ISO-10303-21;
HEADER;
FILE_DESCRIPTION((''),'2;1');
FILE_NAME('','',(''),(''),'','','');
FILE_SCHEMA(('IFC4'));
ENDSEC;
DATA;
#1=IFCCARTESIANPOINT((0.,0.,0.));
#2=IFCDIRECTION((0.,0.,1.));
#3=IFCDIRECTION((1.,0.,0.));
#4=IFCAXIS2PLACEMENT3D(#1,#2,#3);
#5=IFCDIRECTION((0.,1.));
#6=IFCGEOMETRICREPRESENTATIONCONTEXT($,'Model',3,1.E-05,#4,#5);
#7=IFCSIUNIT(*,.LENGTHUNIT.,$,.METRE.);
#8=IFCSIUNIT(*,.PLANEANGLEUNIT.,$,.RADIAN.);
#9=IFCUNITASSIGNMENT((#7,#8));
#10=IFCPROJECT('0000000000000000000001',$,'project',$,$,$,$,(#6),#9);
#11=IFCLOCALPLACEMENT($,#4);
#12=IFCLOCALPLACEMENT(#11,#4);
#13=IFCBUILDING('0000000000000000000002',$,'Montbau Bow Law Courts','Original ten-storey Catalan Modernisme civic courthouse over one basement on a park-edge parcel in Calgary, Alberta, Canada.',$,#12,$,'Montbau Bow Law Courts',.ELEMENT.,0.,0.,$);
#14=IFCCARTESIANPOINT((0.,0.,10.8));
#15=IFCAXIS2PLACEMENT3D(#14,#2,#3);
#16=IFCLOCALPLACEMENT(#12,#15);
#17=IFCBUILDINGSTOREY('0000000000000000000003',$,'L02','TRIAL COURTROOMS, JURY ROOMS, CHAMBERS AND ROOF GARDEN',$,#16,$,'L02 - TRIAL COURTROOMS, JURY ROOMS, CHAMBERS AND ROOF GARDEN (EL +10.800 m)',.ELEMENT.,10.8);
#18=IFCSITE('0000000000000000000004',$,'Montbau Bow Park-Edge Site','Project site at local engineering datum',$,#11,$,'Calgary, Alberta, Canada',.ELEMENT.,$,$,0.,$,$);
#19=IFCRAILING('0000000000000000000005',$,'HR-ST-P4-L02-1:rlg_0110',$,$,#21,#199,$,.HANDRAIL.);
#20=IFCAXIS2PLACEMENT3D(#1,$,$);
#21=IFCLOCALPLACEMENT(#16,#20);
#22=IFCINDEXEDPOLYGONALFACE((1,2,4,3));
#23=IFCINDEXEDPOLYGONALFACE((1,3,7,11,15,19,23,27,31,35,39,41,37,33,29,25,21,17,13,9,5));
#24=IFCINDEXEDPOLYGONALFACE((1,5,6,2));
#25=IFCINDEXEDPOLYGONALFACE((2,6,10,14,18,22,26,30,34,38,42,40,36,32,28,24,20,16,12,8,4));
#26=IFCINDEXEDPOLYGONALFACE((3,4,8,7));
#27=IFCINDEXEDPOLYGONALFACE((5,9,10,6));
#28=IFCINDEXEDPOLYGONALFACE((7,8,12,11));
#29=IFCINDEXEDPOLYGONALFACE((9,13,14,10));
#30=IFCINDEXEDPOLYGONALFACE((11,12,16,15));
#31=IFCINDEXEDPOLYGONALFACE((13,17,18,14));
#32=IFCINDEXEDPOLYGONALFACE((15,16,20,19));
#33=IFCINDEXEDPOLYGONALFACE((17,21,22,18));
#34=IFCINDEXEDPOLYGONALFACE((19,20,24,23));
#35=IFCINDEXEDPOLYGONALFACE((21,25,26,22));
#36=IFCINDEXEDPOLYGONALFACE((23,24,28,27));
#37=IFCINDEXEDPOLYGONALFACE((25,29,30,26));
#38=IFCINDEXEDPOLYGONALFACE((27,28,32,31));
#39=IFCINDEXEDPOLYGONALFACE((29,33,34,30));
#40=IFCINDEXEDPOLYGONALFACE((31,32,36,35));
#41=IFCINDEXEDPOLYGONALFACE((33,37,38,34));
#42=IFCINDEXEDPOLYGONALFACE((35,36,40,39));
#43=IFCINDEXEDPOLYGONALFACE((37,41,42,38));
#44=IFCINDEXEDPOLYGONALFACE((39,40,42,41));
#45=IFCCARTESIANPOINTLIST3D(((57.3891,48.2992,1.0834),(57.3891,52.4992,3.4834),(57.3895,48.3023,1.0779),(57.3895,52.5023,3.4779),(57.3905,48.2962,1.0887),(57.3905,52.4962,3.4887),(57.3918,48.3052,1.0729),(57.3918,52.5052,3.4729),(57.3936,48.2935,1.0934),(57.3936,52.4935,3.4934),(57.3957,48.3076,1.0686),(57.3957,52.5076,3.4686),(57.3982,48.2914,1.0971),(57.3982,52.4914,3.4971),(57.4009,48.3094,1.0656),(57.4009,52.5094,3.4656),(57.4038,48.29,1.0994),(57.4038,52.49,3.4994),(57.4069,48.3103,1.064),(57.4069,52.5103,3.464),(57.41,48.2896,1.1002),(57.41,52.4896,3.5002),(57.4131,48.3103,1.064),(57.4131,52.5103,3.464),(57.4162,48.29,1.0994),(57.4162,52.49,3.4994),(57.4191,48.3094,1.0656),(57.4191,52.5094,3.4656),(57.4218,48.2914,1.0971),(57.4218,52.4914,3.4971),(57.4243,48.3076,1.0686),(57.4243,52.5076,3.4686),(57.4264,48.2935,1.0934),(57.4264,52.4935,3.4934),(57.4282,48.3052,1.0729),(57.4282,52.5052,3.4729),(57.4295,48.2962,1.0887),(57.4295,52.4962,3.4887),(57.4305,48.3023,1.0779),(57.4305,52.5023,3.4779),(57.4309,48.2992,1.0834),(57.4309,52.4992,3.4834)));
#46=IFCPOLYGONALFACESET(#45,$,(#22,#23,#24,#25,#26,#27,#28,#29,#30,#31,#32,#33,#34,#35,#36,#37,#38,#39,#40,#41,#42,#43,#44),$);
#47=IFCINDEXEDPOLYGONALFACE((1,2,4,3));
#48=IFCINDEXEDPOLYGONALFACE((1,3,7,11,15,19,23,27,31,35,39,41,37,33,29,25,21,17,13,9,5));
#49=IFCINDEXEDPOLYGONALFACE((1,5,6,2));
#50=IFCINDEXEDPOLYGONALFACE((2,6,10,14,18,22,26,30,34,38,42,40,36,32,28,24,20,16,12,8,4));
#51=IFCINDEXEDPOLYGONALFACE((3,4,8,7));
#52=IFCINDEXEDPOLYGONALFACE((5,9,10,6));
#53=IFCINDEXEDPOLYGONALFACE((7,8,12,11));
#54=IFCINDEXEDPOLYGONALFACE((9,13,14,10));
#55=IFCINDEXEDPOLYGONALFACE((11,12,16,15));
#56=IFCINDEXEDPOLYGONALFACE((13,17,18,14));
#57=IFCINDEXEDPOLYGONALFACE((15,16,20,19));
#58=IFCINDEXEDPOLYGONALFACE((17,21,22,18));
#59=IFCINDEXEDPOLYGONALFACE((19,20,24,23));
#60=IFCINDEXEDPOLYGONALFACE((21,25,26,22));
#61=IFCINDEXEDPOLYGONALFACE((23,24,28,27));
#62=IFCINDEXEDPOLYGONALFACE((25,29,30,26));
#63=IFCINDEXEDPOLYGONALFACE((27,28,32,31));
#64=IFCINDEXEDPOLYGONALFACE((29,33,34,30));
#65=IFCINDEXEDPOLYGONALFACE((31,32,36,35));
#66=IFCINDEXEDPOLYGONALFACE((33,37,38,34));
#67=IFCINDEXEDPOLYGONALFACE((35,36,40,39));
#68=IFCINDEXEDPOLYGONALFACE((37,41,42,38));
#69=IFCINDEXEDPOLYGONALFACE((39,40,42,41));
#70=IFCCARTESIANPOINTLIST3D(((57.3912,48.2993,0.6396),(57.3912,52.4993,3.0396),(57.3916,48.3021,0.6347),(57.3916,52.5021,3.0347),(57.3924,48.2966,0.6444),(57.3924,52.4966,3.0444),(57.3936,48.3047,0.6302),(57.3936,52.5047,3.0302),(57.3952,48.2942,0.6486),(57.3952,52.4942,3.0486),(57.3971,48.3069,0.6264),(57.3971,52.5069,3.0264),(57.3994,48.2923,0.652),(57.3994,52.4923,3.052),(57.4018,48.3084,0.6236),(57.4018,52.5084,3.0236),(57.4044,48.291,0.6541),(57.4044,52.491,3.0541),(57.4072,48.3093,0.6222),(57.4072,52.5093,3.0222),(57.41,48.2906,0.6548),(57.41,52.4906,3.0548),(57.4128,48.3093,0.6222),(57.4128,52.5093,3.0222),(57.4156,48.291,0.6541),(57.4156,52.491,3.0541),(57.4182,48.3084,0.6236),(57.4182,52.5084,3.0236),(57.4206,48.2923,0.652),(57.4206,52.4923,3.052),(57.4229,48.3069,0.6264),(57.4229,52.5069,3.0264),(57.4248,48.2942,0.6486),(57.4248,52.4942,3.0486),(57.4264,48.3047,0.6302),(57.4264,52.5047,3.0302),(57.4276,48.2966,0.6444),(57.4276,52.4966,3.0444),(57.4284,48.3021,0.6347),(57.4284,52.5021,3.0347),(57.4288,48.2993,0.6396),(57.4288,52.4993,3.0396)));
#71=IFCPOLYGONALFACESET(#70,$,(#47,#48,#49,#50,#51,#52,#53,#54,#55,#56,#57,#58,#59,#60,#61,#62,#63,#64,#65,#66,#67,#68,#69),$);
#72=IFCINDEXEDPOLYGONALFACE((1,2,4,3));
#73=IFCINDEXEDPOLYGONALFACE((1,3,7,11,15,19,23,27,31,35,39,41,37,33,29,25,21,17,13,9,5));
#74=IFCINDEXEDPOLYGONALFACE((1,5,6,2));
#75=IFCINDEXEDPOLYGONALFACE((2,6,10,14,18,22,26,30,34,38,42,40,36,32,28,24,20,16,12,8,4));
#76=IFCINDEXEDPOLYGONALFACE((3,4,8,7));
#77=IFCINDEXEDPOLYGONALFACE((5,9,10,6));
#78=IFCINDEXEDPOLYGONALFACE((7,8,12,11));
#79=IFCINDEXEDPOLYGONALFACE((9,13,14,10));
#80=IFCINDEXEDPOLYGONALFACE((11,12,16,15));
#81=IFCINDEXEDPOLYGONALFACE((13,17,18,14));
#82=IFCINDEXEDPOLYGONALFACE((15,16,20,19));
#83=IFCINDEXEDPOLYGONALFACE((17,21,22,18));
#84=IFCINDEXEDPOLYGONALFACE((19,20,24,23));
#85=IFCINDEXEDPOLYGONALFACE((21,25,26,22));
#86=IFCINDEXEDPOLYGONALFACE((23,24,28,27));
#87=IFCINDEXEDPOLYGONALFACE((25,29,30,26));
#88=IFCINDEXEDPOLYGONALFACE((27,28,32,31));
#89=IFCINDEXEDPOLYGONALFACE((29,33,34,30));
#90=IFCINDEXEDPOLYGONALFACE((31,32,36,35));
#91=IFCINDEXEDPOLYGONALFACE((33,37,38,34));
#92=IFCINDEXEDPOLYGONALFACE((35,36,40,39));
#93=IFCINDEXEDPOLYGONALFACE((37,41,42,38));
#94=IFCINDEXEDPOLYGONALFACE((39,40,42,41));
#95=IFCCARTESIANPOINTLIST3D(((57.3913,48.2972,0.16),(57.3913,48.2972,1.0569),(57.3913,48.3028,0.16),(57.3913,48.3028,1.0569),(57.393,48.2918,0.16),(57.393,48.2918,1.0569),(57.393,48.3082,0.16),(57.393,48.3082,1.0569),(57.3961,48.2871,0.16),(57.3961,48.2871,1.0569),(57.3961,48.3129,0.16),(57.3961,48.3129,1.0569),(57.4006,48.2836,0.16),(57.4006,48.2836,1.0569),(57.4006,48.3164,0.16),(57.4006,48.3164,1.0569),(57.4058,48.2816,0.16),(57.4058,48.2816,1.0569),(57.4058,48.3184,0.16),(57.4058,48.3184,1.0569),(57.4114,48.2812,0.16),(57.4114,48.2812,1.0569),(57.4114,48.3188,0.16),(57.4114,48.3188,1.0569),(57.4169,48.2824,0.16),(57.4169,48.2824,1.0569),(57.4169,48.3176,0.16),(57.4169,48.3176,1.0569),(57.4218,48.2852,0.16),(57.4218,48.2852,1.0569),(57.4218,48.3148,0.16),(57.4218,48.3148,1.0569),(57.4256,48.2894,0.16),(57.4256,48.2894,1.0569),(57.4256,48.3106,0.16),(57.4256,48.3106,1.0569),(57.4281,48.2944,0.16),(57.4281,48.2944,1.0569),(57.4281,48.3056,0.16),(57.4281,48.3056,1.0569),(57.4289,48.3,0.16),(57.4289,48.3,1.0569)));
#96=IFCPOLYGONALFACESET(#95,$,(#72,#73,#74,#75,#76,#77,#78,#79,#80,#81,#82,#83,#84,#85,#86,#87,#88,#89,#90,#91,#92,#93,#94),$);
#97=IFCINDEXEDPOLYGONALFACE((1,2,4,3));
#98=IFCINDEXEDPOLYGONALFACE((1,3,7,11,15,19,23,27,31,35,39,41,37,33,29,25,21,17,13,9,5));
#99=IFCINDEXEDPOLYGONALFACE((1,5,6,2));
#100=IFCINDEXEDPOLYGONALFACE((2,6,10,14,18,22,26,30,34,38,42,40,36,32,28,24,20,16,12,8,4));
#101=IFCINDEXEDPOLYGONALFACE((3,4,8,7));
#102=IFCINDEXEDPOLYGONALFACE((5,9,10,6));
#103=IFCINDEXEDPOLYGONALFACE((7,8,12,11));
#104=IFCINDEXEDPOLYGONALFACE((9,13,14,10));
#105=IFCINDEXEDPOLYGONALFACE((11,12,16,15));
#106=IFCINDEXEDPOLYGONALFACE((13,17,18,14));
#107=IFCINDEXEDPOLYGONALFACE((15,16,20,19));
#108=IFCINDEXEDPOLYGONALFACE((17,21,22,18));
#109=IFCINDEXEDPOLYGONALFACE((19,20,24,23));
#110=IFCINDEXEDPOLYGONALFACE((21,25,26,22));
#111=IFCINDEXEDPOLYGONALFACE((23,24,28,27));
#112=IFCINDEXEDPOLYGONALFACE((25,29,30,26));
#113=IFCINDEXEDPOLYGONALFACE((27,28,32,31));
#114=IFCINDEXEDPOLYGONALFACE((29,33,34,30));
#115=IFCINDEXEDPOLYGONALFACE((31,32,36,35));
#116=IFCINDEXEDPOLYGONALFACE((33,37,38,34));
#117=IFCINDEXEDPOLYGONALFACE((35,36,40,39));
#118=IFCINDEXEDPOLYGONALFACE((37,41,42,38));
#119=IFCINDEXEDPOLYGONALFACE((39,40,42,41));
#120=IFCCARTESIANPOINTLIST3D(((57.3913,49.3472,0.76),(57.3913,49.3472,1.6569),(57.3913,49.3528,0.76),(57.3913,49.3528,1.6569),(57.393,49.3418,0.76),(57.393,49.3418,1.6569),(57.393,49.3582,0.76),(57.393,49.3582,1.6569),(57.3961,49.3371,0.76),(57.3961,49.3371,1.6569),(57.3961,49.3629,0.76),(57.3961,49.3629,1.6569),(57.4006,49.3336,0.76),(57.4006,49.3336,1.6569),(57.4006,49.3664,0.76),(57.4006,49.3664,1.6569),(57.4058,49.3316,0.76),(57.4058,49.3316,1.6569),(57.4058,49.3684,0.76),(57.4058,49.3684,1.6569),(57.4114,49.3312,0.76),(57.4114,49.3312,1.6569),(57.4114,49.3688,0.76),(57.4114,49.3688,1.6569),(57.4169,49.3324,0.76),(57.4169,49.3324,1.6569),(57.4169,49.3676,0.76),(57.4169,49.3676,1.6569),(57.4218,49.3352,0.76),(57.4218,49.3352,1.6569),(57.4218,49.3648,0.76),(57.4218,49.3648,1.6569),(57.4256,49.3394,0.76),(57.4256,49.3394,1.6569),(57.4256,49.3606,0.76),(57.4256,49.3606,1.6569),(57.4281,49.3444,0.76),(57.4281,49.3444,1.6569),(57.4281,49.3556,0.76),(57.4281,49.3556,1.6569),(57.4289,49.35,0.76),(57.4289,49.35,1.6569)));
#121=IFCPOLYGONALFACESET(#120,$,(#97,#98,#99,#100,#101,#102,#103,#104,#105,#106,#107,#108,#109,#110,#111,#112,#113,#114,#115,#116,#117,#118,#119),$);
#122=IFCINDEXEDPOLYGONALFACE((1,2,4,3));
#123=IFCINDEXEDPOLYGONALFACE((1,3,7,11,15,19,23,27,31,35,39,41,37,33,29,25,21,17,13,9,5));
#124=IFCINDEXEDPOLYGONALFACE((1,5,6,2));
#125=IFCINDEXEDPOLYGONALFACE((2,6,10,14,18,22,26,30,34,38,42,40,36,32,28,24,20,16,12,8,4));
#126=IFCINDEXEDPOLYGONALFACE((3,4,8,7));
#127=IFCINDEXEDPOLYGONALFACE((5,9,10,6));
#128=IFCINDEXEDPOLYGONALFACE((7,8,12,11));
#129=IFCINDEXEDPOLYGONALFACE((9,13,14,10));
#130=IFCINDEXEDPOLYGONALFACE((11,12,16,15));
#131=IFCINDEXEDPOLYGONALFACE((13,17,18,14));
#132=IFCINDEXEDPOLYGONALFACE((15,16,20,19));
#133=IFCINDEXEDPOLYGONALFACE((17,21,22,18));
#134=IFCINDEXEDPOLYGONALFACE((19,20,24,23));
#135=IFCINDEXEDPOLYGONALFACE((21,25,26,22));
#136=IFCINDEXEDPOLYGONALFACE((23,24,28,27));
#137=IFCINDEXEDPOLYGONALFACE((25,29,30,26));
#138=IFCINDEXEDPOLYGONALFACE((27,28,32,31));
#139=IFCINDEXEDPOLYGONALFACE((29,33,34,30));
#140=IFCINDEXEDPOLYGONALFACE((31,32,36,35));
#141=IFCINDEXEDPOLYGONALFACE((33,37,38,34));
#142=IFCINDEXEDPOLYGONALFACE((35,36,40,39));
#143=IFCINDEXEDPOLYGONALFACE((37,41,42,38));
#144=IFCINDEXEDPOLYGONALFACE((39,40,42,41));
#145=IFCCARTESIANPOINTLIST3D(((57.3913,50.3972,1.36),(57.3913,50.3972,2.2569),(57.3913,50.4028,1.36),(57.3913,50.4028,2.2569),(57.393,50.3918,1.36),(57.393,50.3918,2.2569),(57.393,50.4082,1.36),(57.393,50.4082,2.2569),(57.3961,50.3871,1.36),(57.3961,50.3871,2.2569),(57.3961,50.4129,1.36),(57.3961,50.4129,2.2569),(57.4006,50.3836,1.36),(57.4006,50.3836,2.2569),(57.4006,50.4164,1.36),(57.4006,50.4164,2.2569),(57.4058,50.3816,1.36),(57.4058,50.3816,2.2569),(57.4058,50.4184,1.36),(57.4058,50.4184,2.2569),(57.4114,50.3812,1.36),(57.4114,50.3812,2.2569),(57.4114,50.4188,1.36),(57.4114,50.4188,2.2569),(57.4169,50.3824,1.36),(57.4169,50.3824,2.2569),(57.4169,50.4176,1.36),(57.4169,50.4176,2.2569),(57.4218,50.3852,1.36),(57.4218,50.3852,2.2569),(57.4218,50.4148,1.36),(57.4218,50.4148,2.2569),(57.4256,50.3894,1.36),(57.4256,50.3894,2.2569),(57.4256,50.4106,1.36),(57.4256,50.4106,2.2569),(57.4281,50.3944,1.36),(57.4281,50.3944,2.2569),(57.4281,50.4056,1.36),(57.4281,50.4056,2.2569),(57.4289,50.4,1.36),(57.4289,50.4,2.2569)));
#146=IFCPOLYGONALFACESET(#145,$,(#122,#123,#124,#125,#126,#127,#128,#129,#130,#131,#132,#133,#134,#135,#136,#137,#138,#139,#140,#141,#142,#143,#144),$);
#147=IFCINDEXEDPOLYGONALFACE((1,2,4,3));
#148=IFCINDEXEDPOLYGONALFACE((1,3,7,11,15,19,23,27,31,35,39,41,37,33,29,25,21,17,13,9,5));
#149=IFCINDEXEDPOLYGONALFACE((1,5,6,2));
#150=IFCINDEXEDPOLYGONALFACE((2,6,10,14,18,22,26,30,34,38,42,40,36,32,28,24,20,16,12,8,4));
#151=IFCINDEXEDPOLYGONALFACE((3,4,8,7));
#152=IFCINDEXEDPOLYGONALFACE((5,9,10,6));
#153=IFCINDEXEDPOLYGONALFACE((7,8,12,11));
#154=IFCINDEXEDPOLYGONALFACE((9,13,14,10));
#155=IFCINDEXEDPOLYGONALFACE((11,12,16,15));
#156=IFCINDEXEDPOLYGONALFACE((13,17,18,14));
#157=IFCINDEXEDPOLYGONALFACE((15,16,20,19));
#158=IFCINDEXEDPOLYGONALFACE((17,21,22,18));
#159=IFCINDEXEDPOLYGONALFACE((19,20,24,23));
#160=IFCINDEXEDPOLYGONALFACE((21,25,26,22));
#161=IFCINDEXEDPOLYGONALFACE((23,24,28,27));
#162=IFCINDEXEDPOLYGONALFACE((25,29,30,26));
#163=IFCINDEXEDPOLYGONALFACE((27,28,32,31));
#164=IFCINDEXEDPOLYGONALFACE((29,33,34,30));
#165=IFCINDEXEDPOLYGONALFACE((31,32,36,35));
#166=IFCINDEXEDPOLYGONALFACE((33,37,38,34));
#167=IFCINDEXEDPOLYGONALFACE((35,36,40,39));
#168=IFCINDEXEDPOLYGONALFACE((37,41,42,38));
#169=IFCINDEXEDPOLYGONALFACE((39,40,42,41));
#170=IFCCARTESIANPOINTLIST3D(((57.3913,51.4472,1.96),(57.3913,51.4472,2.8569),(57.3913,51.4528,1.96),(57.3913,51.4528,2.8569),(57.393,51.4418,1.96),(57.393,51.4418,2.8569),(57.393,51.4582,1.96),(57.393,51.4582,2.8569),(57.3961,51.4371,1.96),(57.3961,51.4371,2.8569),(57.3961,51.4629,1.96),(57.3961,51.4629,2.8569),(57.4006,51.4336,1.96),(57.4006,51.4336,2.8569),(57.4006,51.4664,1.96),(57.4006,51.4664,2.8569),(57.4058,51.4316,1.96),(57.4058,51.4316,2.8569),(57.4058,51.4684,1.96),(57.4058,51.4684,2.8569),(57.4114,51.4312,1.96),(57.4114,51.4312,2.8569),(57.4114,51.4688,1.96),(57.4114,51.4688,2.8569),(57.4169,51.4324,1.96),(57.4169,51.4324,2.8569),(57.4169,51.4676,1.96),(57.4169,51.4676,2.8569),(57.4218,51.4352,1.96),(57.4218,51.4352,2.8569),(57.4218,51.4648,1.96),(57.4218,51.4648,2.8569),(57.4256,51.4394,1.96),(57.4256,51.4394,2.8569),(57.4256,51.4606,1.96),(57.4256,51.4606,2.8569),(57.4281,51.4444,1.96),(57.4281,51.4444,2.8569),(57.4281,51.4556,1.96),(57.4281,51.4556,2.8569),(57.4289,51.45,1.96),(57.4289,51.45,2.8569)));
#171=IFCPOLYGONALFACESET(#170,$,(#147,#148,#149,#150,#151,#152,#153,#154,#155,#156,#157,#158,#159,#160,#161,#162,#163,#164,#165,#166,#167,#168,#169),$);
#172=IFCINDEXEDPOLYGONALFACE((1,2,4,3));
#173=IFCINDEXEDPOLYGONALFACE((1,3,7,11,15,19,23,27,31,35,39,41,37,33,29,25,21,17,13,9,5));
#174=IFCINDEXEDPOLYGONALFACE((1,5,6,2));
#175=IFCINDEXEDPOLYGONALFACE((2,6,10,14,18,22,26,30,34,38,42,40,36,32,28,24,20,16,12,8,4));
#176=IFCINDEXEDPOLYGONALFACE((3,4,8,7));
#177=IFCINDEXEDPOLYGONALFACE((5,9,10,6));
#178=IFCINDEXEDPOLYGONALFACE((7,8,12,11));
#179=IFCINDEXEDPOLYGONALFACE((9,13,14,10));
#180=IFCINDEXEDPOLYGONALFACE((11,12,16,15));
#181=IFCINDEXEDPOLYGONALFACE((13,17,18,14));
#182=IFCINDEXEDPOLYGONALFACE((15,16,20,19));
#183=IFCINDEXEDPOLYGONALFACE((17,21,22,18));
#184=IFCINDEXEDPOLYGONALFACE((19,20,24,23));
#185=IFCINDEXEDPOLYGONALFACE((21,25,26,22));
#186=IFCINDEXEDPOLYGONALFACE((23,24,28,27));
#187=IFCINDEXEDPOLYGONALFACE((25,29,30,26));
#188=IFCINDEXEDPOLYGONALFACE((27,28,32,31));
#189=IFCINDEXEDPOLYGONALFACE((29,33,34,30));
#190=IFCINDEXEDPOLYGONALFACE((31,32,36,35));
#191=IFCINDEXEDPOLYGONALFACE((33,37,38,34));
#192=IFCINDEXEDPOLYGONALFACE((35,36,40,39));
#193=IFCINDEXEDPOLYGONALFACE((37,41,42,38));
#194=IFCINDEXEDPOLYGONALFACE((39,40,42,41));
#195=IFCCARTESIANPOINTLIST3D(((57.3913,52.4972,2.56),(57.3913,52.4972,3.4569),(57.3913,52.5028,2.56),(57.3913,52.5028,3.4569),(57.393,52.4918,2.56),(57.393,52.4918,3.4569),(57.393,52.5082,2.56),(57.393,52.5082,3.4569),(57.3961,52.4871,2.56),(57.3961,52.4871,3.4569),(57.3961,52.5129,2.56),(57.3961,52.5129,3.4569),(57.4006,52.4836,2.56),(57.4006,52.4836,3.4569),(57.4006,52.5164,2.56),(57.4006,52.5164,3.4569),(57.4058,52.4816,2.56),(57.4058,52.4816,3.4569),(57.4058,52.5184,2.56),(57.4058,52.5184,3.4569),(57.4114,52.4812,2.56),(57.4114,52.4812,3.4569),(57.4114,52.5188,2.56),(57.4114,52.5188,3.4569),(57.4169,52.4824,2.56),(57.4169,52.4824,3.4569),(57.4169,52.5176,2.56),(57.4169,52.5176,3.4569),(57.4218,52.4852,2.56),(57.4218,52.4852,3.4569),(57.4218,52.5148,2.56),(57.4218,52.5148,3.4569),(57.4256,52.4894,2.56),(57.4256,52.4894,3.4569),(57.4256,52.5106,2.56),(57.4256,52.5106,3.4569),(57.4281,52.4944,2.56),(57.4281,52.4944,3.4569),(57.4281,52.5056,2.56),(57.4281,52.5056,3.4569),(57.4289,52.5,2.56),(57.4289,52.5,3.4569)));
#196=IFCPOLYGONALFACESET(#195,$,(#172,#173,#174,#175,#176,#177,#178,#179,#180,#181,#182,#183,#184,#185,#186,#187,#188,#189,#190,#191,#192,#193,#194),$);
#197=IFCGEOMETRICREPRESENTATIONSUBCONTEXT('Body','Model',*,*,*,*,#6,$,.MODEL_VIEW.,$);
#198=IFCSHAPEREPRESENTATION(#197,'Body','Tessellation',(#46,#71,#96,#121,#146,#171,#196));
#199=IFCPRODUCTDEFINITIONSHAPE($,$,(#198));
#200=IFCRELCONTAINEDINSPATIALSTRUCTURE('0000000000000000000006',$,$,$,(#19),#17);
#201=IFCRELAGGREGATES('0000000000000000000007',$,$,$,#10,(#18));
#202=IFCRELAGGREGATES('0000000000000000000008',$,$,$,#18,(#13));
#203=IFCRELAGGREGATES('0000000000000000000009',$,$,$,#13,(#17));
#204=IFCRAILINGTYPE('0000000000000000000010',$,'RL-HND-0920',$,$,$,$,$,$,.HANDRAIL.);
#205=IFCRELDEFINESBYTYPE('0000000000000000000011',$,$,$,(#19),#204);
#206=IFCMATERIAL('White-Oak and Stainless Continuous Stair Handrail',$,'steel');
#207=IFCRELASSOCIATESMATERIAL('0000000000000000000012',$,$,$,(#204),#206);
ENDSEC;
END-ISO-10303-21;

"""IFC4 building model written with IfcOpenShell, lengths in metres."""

from ifc_helpers import new_model, si_unit, direction, frame, origin_with_axes, origin_2d_with_axis, place, context, subcontext, project, spatial, circle, extrude, material, type_object, element, save


model = new_model("IFC4")

# Units and contexts
model_context = context("Model", 3, precision=1e-05, world=origin_with_axes(), true_north=direction((0.0, 1.0)))
body_context = subcontext(model_context, "Body", "Model", "MODEL_VIEW")
ifc_project = project(units=[si_unit("LENGTHUNIT", "METRE"), si_unit("PLANEANGLEUNIT", "RADIAN")], contexts=[model_context])

# Site, building, storey
site_placement = place(None, origin_with_axes())
site = spatial("IfcSite", under=ifc_project, at=site_placement, Name="Montbau Bow Park-Edge Site", Description="Project site at local engineering datum", LongName="Calgary, Alberta, Canada", CompositionType="ELEMENT", RefElevation=0.0)
building_placement = place(site_placement, origin_with_axes())
building = spatial("IfcBuilding", under=site, at=building_placement, Name="Montbau Bow Law Courts", Description="Original ten-storey Catalan Modernisme civic courthouse over one basement on a park-edge parcel in Calgary, Alberta, Canada.", LongName="Montbau Bow Law Courts", CompositionType="ELEMENT", ElevationOfRefHeight=0.0, ElevationOfTerrain=0.0)
storey_placement = place(building_placement, frame((0.0, 0.0, 10.8), z_axis=(0.0, 0.0, 1.0), x_axis=(1.0, 0.0, 0.0)))
storey = spatial("IfcBuildingStorey", under=building, at=storey_placement, Name="L02", Description="TRIAL COURTROOMS, JURY ROOMS, CHAMBERS AND ROOF GARDEN", LongName="L02 - TRIAL COURTROOMS, JURY ROOMS, CHAMBERS AND ROOF GARDEN (EL +10.800 m)", CompositionType="ELEMENT", Elevation=10.8)

# Railing
ifc_material_1 = material(Name="White-Oak and Stainless Continuous Stair Handrail", Category="steel")
railing_type_1 = type_object("IfcRailingType", Name="RL-HND-0920", PredefinedType="HANDRAIL", material=ifc_material_1)
railing_1_placement = place(None, origin_with_axes())
element("IfcRailing", 1, at=railing_1_placement, inside=storey, type_object=railing_type_1, Name="HR-ST-P4-L02-1:rlg_0110", PredefinedType="HANDRAIL", context=body_context, shape_type="SweptSolid", body=[
    extrude(circle(Radius=0.021, at=origin_2d_with_axis()), frame((57.41, 48.3, 11.882), z_axis=(0.0, 0.868243, 0.496139), x_axis=(0.0, -0.496139, 0.868243)), (0.0, 0.0, 1.0), 4.8374),
    extrude(circle(Radius=0.0189, at=origin_2d_with_axis()), frame((57.41, 48.3, 11.4384), z_axis=(0.0, 0.868243, 0.496139), x_axis=(0.0, -0.496139, 0.868243)), (0.0, 0.0, 1.0), 4.8374),
    extrude(circle(Radius=0.0189, at=origin_2d_with_axis()), frame((57.41, 48.3, 10.96), z_axis=(0.0, 0.0, 1.0), x_axis=(1.0, 0.0, 0.0)), (0.0, 0.0, 1.0), 0.8969),
    extrude(circle(Radius=0.0189, at=origin_2d_with_axis()), frame((57.41, 49.35, 11.56), z_axis=(0.0, 0.0, 1.0), x_axis=(1.0, 0.0, 0.0)), (0.0, 0.0, 1.0), 0.8969),
    extrude(circle(Radius=0.0189, at=origin_2d_with_axis()), frame((57.41, 50.4, 12.16), z_axis=(0.0, 0.0, 1.0), x_axis=(1.0, 0.0, 0.0)), (0.0, 0.0, 1.0), 0.8969),
    extrude(circle(Radius=0.0189, at=origin_2d_with_axis()), frame((57.41, 51.45, 12.76), z_axis=(0.0, 0.0, 1.0), x_axis=(1.0, 0.0, 0.0)), (0.0, 0.0, 1.0), 0.8969),
    extrude(circle(Radius=0.0189, at=origin_2d_with_axis()), frame((57.41, 52.5, 13.36), z_axis=(0.0, 0.0, 1.0), x_axis=(1.0, 0.0, 0.0)), (0.0, 0.0, 1.0), 0.8969),
])

save(model, "model.ifc")
